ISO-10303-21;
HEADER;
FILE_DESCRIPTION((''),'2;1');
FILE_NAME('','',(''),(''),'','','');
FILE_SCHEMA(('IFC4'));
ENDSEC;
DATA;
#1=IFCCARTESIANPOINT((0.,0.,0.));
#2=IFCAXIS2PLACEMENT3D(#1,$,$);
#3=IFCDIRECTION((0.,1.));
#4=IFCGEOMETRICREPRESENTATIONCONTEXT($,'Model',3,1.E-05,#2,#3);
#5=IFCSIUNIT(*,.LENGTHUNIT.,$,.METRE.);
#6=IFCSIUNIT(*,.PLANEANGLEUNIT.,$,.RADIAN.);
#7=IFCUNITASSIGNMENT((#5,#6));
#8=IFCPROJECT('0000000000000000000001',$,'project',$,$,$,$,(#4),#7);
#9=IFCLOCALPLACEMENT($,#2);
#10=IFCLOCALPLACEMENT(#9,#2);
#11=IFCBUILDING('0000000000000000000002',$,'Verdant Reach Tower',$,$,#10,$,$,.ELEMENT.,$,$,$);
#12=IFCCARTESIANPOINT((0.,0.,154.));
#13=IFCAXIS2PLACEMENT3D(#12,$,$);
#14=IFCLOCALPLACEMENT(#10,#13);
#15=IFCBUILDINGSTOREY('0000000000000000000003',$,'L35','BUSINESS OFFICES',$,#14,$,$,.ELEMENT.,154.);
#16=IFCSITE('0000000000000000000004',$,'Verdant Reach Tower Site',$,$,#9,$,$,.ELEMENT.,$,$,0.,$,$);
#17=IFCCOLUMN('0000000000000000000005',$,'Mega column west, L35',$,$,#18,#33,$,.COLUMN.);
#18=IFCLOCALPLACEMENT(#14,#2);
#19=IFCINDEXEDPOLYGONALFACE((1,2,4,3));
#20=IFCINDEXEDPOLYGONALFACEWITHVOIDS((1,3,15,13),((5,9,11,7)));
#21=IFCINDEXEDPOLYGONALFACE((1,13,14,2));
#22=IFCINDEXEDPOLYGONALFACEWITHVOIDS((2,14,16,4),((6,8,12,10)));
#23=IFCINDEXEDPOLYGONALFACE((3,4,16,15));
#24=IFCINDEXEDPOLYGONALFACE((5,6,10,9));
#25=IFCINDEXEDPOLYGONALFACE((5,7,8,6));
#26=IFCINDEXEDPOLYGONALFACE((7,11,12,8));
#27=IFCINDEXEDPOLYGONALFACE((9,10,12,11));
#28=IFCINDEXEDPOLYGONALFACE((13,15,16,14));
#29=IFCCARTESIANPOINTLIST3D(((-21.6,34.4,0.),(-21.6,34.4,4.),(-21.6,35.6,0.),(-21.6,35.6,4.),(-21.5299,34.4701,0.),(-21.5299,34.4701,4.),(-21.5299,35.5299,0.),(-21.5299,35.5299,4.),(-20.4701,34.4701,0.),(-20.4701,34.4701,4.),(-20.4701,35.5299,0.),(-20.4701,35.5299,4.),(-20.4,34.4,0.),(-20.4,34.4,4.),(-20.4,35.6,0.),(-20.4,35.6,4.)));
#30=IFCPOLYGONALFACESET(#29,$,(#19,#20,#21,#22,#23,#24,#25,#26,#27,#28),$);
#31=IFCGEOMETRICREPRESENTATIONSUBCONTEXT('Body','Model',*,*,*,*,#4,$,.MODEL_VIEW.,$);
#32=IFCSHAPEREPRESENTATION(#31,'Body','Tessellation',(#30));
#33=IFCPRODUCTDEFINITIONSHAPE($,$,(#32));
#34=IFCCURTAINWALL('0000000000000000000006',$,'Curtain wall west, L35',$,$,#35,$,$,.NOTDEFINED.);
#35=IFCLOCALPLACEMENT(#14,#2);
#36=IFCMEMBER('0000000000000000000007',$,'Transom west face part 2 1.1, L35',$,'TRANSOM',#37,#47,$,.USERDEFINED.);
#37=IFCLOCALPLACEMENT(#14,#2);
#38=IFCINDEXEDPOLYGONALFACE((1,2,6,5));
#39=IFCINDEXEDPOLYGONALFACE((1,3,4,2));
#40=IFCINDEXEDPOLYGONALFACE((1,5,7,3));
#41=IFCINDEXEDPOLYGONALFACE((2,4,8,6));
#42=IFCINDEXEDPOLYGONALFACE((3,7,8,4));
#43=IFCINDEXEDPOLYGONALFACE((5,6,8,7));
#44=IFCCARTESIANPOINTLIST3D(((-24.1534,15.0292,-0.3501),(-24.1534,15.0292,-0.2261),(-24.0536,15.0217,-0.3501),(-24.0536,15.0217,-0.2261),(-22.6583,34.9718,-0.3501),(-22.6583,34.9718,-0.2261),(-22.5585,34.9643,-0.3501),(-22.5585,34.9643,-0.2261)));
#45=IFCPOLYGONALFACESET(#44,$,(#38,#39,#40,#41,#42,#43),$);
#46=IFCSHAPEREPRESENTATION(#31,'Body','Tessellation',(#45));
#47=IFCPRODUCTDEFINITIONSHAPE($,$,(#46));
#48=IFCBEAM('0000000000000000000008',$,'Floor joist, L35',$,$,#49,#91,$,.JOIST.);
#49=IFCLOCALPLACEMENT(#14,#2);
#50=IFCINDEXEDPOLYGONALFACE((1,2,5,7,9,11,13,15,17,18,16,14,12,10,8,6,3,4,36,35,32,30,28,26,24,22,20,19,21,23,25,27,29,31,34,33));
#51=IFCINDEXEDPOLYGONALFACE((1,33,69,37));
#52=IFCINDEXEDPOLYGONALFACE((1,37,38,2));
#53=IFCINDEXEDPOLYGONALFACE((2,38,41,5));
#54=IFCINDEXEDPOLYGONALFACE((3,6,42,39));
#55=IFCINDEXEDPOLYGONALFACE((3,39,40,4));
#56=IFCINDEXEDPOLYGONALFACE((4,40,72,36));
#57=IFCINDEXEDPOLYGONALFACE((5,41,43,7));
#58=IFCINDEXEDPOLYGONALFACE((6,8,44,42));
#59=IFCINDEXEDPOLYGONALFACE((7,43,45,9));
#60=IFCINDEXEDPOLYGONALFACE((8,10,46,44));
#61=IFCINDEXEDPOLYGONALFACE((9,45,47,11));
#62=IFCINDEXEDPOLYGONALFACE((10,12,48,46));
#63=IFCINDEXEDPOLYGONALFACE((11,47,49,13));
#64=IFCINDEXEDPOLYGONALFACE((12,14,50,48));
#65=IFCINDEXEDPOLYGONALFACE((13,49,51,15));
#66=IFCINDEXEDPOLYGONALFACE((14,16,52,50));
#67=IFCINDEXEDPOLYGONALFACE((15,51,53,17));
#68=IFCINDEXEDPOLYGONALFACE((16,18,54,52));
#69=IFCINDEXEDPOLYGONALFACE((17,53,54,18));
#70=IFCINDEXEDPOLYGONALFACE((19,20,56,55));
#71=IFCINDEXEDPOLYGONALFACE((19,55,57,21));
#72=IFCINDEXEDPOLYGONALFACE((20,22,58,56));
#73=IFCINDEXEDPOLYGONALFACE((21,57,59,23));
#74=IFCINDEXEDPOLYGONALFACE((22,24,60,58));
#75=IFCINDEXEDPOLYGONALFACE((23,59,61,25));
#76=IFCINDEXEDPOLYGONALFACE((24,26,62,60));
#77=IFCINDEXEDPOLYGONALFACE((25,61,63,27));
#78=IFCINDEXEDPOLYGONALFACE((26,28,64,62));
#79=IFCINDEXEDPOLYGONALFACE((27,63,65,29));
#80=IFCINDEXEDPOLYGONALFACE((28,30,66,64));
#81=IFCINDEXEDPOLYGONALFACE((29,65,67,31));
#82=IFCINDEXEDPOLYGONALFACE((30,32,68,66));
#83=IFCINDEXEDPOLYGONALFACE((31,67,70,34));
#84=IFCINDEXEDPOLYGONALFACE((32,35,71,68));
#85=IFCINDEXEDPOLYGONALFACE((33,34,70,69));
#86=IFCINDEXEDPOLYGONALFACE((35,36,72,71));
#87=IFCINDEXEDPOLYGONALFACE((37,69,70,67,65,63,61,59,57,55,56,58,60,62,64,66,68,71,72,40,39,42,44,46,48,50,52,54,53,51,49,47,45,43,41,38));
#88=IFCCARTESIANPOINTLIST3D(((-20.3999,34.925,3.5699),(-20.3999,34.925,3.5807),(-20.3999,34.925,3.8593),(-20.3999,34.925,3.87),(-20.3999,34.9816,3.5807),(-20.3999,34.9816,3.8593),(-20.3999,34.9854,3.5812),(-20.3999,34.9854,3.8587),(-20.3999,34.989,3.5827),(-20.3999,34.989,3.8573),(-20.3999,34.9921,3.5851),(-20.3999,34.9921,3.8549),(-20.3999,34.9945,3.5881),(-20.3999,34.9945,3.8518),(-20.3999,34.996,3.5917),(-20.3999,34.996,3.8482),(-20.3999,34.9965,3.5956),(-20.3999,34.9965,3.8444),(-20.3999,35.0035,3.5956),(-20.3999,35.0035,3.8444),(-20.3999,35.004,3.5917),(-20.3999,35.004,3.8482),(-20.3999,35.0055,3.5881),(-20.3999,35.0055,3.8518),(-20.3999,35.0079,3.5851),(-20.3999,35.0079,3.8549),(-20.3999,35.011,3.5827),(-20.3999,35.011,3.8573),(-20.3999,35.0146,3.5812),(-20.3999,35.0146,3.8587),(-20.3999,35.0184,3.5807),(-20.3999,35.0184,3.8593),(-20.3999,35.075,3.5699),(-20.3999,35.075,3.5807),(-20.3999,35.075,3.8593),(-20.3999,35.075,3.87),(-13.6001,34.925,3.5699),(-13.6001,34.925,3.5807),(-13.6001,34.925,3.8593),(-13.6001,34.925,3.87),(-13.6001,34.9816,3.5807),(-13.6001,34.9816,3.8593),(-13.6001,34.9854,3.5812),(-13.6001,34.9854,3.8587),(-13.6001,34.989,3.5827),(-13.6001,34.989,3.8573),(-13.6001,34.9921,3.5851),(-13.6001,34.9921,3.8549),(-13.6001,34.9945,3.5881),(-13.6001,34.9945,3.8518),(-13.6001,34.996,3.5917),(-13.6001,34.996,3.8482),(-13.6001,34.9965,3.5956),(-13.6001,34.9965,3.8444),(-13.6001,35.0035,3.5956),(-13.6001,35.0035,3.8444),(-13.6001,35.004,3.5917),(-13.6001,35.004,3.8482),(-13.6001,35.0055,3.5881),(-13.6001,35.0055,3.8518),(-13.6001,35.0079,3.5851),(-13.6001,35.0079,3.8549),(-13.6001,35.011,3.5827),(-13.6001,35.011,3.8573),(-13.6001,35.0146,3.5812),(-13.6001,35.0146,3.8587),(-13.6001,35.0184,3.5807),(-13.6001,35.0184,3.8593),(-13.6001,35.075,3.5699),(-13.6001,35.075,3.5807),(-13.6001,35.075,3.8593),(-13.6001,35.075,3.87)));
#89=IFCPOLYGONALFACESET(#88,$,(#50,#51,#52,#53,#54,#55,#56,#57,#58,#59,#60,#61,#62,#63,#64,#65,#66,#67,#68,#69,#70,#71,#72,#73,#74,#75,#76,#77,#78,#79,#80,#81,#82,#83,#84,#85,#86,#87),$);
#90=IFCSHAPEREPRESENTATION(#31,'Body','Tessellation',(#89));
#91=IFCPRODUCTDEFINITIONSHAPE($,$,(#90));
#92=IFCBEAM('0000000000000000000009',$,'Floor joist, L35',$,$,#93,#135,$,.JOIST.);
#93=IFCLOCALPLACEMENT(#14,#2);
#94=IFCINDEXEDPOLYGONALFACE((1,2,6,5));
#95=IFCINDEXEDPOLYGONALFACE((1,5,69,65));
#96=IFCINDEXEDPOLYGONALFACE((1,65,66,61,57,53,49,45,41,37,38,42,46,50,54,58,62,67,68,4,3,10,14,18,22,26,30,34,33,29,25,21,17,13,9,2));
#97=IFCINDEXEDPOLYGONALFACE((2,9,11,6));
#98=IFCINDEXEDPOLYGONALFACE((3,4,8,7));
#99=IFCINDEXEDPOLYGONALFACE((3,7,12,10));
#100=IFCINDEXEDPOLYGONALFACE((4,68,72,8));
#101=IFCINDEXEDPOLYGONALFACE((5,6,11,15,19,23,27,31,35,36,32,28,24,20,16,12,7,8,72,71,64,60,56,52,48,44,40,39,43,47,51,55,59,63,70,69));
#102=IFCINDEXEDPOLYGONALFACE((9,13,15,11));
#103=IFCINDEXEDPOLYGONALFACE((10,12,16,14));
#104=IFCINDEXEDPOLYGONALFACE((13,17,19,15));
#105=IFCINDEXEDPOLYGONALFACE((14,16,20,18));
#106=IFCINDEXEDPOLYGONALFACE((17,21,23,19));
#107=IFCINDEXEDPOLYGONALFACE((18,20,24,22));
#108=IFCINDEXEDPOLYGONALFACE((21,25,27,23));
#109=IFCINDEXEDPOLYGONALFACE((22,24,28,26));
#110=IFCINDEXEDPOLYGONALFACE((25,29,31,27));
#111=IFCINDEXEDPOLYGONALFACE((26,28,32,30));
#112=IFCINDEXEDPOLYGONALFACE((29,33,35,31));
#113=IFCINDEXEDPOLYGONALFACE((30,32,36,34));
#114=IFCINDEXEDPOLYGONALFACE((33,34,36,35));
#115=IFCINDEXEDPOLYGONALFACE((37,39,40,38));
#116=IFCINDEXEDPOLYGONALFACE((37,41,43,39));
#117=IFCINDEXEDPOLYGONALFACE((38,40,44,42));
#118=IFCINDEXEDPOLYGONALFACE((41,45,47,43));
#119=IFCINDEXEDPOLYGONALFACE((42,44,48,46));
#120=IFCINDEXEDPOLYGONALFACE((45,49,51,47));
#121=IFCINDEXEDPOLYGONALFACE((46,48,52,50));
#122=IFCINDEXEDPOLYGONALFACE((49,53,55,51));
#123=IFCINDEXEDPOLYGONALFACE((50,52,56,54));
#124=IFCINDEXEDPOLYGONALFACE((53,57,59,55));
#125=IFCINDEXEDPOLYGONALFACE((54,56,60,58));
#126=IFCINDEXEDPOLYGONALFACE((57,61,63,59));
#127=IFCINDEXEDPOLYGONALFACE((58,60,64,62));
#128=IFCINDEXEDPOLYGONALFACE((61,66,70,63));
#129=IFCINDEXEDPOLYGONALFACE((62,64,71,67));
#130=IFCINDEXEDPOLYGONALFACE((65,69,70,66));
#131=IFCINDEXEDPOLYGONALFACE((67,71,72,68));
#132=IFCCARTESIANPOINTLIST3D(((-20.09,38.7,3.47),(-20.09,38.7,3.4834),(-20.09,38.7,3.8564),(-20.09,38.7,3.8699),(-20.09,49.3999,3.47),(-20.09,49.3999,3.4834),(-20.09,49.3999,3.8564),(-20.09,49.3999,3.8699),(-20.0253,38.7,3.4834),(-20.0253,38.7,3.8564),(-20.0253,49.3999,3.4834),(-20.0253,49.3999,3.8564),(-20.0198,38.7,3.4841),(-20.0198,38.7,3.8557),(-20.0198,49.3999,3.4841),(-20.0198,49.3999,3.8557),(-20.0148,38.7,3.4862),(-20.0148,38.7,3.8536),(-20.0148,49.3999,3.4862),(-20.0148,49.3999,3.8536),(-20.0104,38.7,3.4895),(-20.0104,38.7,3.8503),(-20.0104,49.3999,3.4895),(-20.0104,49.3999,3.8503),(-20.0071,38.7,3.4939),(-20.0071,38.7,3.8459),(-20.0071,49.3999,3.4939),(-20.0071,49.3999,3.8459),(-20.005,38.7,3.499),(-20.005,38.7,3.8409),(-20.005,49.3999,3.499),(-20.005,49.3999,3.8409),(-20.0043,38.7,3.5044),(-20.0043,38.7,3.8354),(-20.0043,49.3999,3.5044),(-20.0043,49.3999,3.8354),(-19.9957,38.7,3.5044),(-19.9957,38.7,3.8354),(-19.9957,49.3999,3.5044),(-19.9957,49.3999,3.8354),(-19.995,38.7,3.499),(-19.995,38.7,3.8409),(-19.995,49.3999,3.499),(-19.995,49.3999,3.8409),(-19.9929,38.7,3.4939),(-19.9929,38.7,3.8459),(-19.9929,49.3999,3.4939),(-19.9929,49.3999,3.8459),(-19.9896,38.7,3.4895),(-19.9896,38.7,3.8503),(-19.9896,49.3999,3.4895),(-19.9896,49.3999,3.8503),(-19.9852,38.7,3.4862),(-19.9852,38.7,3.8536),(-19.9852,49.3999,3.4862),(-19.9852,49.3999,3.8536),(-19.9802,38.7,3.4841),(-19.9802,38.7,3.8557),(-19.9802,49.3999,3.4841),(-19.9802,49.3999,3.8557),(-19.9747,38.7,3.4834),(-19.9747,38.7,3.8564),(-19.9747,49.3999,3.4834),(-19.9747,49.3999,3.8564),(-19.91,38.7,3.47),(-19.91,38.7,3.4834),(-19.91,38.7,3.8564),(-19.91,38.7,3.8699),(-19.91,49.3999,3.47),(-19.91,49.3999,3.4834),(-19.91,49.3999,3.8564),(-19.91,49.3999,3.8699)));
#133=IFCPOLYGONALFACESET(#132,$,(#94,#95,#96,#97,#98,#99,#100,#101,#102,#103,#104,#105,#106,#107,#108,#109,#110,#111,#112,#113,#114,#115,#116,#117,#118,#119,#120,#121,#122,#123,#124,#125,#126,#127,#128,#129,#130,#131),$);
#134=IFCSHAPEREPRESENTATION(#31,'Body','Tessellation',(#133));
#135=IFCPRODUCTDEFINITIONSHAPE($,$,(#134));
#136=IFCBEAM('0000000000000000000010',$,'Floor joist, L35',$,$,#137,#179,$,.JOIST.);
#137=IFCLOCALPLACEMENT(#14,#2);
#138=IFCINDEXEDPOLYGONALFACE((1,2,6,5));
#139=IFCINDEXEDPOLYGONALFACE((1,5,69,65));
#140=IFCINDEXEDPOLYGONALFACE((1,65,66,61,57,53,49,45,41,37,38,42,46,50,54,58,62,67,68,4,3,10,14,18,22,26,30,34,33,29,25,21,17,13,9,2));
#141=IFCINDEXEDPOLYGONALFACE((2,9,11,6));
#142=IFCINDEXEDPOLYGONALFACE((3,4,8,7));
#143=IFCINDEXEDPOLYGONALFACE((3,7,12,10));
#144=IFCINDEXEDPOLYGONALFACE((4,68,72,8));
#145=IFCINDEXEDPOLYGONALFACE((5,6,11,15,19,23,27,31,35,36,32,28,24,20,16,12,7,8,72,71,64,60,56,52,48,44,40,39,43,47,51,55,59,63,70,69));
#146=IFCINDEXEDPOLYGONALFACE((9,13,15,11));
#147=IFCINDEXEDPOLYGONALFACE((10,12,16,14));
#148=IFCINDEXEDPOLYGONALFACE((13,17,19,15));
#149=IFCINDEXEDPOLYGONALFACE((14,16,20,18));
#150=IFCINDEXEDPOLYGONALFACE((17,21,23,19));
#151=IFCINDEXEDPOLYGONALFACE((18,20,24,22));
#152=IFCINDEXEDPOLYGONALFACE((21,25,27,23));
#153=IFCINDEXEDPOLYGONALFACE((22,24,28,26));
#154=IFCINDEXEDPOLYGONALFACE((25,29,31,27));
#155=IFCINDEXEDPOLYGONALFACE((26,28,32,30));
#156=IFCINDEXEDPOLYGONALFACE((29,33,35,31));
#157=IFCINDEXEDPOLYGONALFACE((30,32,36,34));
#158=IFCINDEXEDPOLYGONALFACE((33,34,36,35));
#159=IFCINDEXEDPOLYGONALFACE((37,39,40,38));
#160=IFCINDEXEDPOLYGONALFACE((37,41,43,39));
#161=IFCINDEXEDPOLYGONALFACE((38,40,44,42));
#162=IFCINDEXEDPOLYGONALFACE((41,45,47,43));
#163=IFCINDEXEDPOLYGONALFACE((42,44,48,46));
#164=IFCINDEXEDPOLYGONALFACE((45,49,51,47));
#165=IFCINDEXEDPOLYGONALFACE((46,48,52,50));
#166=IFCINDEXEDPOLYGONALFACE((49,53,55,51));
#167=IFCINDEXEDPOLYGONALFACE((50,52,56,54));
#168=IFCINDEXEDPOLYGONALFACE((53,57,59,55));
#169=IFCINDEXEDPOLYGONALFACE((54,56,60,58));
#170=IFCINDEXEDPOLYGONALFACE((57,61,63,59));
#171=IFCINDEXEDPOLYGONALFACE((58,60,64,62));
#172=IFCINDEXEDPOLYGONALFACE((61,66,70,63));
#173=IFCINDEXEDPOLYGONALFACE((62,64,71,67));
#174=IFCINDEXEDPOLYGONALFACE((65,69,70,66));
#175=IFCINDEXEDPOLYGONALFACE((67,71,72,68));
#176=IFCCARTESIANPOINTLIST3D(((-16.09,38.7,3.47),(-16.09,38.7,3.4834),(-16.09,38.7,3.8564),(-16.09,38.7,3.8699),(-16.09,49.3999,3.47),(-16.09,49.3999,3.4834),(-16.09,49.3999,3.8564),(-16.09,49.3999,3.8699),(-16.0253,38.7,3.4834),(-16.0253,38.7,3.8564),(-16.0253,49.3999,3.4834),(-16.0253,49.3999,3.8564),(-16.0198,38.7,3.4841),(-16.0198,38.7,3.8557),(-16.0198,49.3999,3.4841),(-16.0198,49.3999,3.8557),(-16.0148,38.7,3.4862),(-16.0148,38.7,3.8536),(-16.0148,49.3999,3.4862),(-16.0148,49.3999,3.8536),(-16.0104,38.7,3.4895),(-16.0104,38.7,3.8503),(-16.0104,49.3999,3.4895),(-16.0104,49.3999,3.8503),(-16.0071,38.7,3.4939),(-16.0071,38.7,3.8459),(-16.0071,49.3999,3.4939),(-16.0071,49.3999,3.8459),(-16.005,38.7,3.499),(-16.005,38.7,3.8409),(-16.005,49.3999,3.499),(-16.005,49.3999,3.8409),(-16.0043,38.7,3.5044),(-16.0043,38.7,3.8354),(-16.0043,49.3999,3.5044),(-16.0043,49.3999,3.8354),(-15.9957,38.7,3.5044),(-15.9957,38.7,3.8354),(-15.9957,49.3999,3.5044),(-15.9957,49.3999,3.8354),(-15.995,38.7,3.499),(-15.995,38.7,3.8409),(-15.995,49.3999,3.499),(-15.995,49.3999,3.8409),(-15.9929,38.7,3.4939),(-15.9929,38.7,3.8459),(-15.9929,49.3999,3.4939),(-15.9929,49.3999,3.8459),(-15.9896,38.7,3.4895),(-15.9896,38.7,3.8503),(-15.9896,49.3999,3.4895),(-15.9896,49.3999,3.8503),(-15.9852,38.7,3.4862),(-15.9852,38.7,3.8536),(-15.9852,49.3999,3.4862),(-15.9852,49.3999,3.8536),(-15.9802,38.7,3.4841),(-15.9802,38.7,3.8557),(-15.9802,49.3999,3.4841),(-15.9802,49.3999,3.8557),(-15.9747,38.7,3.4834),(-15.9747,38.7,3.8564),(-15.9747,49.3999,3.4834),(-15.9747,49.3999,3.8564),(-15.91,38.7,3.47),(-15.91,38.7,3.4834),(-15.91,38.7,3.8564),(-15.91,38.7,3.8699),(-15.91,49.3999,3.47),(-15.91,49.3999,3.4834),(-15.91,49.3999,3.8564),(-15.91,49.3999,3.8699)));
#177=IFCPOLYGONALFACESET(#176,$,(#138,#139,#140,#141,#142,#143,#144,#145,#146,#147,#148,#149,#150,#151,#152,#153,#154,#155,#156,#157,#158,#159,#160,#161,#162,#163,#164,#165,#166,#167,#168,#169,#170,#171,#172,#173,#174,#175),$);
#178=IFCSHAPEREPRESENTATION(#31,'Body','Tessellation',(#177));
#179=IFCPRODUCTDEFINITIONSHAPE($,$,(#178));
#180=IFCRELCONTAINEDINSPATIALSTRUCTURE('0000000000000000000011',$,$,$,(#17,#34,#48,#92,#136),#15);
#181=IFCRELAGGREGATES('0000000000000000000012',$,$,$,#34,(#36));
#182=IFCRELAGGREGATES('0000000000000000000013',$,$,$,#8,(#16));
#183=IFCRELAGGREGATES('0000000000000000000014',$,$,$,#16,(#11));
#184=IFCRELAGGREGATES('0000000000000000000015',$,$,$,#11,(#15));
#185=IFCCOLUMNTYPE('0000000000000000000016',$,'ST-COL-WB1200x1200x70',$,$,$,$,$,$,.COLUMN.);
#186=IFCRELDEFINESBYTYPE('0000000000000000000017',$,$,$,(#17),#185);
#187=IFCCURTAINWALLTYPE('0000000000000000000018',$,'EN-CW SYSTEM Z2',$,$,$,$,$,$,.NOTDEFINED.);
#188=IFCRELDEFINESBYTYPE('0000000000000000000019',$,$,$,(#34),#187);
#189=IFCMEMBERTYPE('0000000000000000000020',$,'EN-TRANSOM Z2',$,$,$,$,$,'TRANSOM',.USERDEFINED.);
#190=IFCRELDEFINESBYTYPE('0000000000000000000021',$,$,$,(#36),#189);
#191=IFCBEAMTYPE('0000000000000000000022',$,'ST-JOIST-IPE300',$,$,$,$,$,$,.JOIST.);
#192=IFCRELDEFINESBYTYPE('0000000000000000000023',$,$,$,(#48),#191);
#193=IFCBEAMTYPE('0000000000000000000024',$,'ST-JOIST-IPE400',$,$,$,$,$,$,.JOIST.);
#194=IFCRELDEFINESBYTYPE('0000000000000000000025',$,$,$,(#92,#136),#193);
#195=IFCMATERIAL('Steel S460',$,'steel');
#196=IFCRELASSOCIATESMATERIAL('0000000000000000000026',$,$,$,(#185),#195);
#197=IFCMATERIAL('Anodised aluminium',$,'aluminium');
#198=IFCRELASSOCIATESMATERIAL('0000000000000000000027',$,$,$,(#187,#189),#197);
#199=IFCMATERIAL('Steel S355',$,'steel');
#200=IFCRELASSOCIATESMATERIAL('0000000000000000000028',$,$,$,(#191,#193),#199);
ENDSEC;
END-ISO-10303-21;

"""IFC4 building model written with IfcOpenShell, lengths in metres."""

from ifc_helpers import new_model, si_unit, direction, frame, origin, origin_2d, place, context, subcontext, project, spatial, rectangle, hollow_rectangle, i_section, extrude, material, material_profile, profile_set, type_object, element, aggregate, save


model = new_model("IFC4")

# Units and contexts
model_context = context("Model", 3, precision=1e-05, world=origin(), true_north=direction((0.0, 1.0)))
body_context = subcontext(model_context, "Body", "Model", "MODEL_VIEW")
ifc_project = project(units=[si_unit("LENGTHUNIT", "METRE"), si_unit("PLANEANGLEUNIT", "RADIAN")], contexts=[model_context])

# Site, building, storey
site_placement = place(None, origin())
site = spatial("IfcSite", under=ifc_project, at=site_placement, Name="Verdant Reach Tower Site", CompositionType="ELEMENT", RefElevation=0.0)
building_placement = place(site_placement, origin())
building = spatial("IfcBuilding", under=site, at=building_placement, Name="Verdant Reach Tower", CompositionType="ELEMENT")
storey_placement = place(building_placement, frame((0.0, 0.0, 154.0)))
storey = spatial("IfcBuildingStorey", under=building, at=storey_placement, Name="L35", Description="BUSINESS OFFICES", CompositionType="ELEMENT", Elevation=154.0)

# Column
ifc_material_1 = material(Name="Steel S460", Category="steel")
ifc_material_profile_1 = material_profile(ifc_material_1, hollow_rectangle(XDim=1.2, YDim=1.2, WallThickness=0.0701, at=origin_2d()), Name="WB 1200x1200x70")
ifc_profile_set_1 = profile_set([ifc_material_profile_1], Name="Steel S460")
column_type = type_object("IfcColumnType", Name="ST-COL-WB1200x1200x70", PredefinedType="COLUMN", material=ifc_profile_set_1)
column_placement = place(storey_placement, frame((-21.0, 35.0, 0.0), z_axis=(0.0, 0.0, 1.0), x_axis=(1.0, 0.0, 0.0)))
element("IfcColumn", 1, at=column_placement, inside=storey, type_object=column_type, Name="Mega column west, L35", PredefinedType="COLUMN", context=body_context, shape_type="SweptSolid", body=[
    extrude(hollow_rectangle(XDim=1.2, YDim=1.2, WallThickness=0.0701, at=origin_2d()), origin(), (0.0, 0.0, 1.0), 4.0),
])

# Curtain wall, member
ifc_material_2 = material(Name="Anodised aluminium", Category="aluminium")
curtain_wall_type = type_object("IfcCurtainWallType", Name="EN-CW SYSTEM Z2", PredefinedType="NOTDEFINED", material=ifc_material_2)
curtain_wall_placement = place(storey_placement, origin())
curtain_wall = element("IfcCurtainWall", 2, at=curtain_wall_placement, inside=storey, type_object=curtain_wall_type, Name="Curtain wall west, L35", PredefinedType="NOTDEFINED")
ifc_material_profile_2 = material_profile(ifc_material_2, rectangle(XDim=0.1001, YDim=0.124, at=origin_2d()), Name="Transom 124x100")
ifc_profile_set_2 = profile_set([ifc_material_profile_2], Name="Anodised aluminium")
member_type = type_object("IfcMemberType", Name="EN-TRANSOM Z2", ElementType="TRANSOM", PredefinedType="USERDEFINED", material=ifc_profile_set_2)
member_placement = place(storey_placement, frame((-22.6084, 34.968, -0.2881), z_axis=(-0.074761, -0.997201, 0.0), x_axis=(0.997201, -0.074761, 0.0)))
member = element("IfcMember", 3, at=member_placement, type_object=member_type, Name="Transom west face part 2 1.1, L35", ObjectType="TRANSOM", PredefinedType="USERDEFINED", context=body_context, shape_type="SweptSolid", body=[
    extrude(rectangle(XDim=0.1001, YDim=0.124, at=origin_2d()), origin(), (0.0, 0.0, 1.0), 19.9985),
])

# Beams
ifc_material_3 = material(Name="Steel S355", Category="steel")
ifc_material_profile_3 = material_profile(ifc_material_3, i_section(OverallWidth=0.1499, OverallDepth=0.3, WebThickness=0.0071, FlangeThickness=0.0107, FilletRadius=0.0149, at=origin_2d()), Name="IPE 300")
ifc_profile_set_3 = profile_set([ifc_material_profile_3], Name="Steel S355")
beam_type_1 = type_object("IfcBeamType", Name="ST-JOIST-IPE300", PredefinedType="JOIST", material=ifc_profile_set_3)
beam_1_placement = place(storey_placement, frame((-13.6001, 35.0, 3.72), z_axis=(-1.0, 0.0, 0.0), x_axis=(0.0, -1.0, 0.0)))
element("IfcBeam", 4, at=beam_1_placement, inside=storey, type_object=beam_type_1, Name="Floor joist, L35", PredefinedType="JOIST", context=body_context, shape_type="SweptSolid", body=[
    extrude(i_section(OverallWidth=0.1499, OverallDepth=0.3, WebThickness=0.0071, FlangeThickness=0.0107, FilletRadius=0.0149, at=origin_2d()), origin(), (0.0, 0.0, 1.0), 6.7998),
])
ifc_material_profile_4 = material_profile(ifc_material_3, i_section(OverallWidth=0.1799, OverallDepth=0.3999, WebThickness=0.0085, FlangeThickness=0.0134, FilletRadius=0.021, at=origin_2d()), Name="IPE 400")
ifc_profile_set_4 = profile_set([ifc_material_profile_4], Name="Steel S355")
beam_type_2 = type_object("IfcBeamType", Name="ST-JOIST-IPE400", PredefinedType="JOIST", material=ifc_profile_set_4)
for number, where, z_axis, x_axis, name in (
    (5, (-20.0, 38.7, 3.6699), (0.0, 1.0, 0.0), (-1.0, 0.0, 0.0), "Floor joist, L35"),
    (6, (-16.0, 38.7, 3.6699), (0.0, 1.0, 0.0), (-1.0, 0.0, 0.0), "Floor joist, L35"),
):
    element("IfcBeam", number, at=place(storey_placement, frame(where, z_axis=z_axis, x_axis=x_axis)), inside=storey, type_object=beam_type_2, Name=name, PredefinedType="JOIST", context=body_context, shape_type="SweptSolid", body=[
        extrude(i_section(OverallWidth=0.1799, OverallDepth=0.3999, WebThickness=0.0085, FlangeThickness=0.0134, FilletRadius=0.021, at=origin_2d()), origin(), (0.0, 0.0, 1.0), 10.7),
    ])

aggregate(curtain_wall, [member])

save(model, "model.ifc")
